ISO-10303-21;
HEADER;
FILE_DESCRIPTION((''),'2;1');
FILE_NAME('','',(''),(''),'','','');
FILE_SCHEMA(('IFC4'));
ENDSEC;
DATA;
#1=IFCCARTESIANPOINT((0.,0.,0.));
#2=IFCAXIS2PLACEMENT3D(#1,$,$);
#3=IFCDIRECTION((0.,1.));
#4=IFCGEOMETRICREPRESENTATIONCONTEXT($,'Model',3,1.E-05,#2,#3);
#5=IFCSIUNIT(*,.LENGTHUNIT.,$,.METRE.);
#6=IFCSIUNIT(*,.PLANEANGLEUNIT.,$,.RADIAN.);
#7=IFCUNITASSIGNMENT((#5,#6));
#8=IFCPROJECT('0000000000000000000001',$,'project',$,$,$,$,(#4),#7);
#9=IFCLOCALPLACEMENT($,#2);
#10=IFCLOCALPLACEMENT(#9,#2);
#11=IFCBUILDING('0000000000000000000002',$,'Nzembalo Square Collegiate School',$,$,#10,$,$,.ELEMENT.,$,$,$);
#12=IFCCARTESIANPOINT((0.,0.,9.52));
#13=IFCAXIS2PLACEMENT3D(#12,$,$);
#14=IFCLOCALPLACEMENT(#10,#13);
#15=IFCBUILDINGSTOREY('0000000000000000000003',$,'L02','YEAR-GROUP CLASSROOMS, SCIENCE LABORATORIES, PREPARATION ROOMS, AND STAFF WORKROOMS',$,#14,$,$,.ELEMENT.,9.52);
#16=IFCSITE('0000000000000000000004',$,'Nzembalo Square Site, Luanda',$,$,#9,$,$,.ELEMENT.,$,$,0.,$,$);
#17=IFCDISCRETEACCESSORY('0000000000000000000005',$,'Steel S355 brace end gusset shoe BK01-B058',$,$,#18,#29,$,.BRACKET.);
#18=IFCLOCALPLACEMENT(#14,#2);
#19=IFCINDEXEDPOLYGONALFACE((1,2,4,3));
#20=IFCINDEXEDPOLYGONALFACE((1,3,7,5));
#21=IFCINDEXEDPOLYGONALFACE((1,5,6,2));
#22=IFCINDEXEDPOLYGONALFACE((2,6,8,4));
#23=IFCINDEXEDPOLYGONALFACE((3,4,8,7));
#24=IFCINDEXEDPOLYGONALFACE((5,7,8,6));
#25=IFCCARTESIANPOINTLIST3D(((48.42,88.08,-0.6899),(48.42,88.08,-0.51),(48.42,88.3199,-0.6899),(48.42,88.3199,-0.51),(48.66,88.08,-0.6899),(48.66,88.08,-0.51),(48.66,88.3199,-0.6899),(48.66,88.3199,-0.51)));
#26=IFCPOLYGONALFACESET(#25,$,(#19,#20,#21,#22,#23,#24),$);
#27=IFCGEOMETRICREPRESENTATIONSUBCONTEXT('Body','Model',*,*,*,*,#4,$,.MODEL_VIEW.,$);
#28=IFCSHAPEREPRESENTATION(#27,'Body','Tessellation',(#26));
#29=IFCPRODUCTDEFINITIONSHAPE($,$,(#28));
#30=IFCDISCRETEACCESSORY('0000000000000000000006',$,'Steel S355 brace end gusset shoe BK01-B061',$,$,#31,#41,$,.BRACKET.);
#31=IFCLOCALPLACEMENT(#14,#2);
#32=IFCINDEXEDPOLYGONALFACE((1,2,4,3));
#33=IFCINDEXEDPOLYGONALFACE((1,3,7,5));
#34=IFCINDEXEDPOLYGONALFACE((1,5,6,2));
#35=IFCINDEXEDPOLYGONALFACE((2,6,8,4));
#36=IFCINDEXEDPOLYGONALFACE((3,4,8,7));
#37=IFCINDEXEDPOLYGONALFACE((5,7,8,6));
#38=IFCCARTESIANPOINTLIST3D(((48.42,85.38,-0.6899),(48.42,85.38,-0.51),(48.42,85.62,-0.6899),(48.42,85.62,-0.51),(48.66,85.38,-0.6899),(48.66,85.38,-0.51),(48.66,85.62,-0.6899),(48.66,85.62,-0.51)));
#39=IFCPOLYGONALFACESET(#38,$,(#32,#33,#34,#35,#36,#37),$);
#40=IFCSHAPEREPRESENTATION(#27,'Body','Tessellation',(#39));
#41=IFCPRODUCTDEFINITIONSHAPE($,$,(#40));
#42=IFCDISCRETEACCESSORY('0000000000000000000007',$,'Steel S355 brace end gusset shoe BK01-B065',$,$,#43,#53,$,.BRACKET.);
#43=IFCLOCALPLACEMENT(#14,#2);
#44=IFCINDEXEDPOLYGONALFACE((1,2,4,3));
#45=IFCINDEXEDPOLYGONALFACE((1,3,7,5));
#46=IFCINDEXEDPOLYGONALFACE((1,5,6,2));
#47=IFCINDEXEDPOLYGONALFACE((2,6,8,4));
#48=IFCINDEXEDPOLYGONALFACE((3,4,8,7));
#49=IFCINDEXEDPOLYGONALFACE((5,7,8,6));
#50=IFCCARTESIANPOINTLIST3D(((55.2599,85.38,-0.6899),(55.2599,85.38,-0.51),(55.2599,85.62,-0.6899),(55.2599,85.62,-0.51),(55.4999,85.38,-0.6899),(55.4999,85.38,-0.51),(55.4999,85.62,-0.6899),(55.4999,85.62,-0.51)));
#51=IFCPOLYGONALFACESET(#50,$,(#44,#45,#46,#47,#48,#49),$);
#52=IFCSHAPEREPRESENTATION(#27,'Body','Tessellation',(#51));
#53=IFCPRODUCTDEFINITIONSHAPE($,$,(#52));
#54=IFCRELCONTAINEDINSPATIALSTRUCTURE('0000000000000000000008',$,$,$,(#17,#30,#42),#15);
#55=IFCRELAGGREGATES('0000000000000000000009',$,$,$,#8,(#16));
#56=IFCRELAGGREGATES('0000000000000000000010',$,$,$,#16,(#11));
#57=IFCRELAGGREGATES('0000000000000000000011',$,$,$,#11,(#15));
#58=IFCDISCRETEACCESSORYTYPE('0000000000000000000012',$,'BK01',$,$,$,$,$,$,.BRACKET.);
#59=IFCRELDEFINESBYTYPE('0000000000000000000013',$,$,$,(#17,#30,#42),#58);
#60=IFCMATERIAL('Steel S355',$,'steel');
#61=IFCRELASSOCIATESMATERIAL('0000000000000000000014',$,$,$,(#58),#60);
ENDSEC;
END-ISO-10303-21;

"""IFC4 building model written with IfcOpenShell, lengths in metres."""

from ifc_helpers import new_model, si_unit, direction, frame, origin, origin_2d, place, context, subcontext, project, spatial, rectangle, extrude, material, type_object, element, save


model = new_model("IFC4")

# Units and contexts
model_context = context("Model", 3, precision=1e-05, world=origin(), true_north=direction((0.0, 1.0)))
body_context = subcontext(model_context, "Body", "Model", "MODEL_VIEW")
ifc_project = project(units=[si_unit("LENGTHUNIT", "METRE"), si_unit("PLANEANGLEUNIT", "RADIAN")], contexts=[model_context])

# Site, building, storey
site_placement = place(None, origin())
site = spatial("IfcSite", under=ifc_project, at=site_placement, Name="Nzembalo Square Site, Luanda", CompositionType="ELEMENT", RefElevation=0.0)
building_placement = place(site_placement, origin())
building = spatial("IfcBuilding", under=site, at=building_placement, Name="Nzembalo Square Collegiate School", CompositionType="ELEMENT")
storey_placement = place(building_placement, frame((0.0, 0.0, 9.52)))
storey = spatial("IfcBuildingStorey", under=building, at=storey_placement, Name="L02", Description="YEAR-GROUP CLASSROOMS, SCIENCE LABORATORIES, PREPARATION ROOMS, AND STAFF WORKROOMS", CompositionType="ELEMENT", Elevation=9.52)

# Discrete accessories
ifc_material_1 = material(Name="Steel S355", Category="steel")
discrete_accessory_type = type_object("IfcDiscreteAccessoryType", Name="BK01", PredefinedType="BRACKET", material=ifc_material_1)
for number, where, z_axis, x_axis, name in (
    (1, (48.54, 88.2, -0.6899), (0.0, 0.0, 1.0), (1.0, 0.0, 0.0), "Steel S355 brace end gusset shoe BK01-B058"),
    (2, (48.54, 85.5, -0.6899), (0.0, 0.0, 1.0), (1.0, 0.0, 0.0), "Steel S355 brace end gusset shoe BK01-B061"),
    (3, (55.3799, 85.5, -0.6899), (0.0, 0.0, 1.0), (1.0, 0.0, 0.0), "Steel S355 brace end gusset shoe BK01-B065"),
):
    element("IfcDiscreteAccessory", number, at=place(storey_placement, frame(where, z_axis=z_axis, x_axis=x_axis)), inside=storey, type_object=discrete_accessory_type, Name=name, PredefinedType="BRACKET", context=body_context, shape_type="SweptSolid", body=[
        extrude(rectangle(XDim=0.24, YDim=0.24, at=origin_2d()), origin(), (0.0, 0.0, 1.0), 0.1799),
    ])

save(model, "model.ifc")
